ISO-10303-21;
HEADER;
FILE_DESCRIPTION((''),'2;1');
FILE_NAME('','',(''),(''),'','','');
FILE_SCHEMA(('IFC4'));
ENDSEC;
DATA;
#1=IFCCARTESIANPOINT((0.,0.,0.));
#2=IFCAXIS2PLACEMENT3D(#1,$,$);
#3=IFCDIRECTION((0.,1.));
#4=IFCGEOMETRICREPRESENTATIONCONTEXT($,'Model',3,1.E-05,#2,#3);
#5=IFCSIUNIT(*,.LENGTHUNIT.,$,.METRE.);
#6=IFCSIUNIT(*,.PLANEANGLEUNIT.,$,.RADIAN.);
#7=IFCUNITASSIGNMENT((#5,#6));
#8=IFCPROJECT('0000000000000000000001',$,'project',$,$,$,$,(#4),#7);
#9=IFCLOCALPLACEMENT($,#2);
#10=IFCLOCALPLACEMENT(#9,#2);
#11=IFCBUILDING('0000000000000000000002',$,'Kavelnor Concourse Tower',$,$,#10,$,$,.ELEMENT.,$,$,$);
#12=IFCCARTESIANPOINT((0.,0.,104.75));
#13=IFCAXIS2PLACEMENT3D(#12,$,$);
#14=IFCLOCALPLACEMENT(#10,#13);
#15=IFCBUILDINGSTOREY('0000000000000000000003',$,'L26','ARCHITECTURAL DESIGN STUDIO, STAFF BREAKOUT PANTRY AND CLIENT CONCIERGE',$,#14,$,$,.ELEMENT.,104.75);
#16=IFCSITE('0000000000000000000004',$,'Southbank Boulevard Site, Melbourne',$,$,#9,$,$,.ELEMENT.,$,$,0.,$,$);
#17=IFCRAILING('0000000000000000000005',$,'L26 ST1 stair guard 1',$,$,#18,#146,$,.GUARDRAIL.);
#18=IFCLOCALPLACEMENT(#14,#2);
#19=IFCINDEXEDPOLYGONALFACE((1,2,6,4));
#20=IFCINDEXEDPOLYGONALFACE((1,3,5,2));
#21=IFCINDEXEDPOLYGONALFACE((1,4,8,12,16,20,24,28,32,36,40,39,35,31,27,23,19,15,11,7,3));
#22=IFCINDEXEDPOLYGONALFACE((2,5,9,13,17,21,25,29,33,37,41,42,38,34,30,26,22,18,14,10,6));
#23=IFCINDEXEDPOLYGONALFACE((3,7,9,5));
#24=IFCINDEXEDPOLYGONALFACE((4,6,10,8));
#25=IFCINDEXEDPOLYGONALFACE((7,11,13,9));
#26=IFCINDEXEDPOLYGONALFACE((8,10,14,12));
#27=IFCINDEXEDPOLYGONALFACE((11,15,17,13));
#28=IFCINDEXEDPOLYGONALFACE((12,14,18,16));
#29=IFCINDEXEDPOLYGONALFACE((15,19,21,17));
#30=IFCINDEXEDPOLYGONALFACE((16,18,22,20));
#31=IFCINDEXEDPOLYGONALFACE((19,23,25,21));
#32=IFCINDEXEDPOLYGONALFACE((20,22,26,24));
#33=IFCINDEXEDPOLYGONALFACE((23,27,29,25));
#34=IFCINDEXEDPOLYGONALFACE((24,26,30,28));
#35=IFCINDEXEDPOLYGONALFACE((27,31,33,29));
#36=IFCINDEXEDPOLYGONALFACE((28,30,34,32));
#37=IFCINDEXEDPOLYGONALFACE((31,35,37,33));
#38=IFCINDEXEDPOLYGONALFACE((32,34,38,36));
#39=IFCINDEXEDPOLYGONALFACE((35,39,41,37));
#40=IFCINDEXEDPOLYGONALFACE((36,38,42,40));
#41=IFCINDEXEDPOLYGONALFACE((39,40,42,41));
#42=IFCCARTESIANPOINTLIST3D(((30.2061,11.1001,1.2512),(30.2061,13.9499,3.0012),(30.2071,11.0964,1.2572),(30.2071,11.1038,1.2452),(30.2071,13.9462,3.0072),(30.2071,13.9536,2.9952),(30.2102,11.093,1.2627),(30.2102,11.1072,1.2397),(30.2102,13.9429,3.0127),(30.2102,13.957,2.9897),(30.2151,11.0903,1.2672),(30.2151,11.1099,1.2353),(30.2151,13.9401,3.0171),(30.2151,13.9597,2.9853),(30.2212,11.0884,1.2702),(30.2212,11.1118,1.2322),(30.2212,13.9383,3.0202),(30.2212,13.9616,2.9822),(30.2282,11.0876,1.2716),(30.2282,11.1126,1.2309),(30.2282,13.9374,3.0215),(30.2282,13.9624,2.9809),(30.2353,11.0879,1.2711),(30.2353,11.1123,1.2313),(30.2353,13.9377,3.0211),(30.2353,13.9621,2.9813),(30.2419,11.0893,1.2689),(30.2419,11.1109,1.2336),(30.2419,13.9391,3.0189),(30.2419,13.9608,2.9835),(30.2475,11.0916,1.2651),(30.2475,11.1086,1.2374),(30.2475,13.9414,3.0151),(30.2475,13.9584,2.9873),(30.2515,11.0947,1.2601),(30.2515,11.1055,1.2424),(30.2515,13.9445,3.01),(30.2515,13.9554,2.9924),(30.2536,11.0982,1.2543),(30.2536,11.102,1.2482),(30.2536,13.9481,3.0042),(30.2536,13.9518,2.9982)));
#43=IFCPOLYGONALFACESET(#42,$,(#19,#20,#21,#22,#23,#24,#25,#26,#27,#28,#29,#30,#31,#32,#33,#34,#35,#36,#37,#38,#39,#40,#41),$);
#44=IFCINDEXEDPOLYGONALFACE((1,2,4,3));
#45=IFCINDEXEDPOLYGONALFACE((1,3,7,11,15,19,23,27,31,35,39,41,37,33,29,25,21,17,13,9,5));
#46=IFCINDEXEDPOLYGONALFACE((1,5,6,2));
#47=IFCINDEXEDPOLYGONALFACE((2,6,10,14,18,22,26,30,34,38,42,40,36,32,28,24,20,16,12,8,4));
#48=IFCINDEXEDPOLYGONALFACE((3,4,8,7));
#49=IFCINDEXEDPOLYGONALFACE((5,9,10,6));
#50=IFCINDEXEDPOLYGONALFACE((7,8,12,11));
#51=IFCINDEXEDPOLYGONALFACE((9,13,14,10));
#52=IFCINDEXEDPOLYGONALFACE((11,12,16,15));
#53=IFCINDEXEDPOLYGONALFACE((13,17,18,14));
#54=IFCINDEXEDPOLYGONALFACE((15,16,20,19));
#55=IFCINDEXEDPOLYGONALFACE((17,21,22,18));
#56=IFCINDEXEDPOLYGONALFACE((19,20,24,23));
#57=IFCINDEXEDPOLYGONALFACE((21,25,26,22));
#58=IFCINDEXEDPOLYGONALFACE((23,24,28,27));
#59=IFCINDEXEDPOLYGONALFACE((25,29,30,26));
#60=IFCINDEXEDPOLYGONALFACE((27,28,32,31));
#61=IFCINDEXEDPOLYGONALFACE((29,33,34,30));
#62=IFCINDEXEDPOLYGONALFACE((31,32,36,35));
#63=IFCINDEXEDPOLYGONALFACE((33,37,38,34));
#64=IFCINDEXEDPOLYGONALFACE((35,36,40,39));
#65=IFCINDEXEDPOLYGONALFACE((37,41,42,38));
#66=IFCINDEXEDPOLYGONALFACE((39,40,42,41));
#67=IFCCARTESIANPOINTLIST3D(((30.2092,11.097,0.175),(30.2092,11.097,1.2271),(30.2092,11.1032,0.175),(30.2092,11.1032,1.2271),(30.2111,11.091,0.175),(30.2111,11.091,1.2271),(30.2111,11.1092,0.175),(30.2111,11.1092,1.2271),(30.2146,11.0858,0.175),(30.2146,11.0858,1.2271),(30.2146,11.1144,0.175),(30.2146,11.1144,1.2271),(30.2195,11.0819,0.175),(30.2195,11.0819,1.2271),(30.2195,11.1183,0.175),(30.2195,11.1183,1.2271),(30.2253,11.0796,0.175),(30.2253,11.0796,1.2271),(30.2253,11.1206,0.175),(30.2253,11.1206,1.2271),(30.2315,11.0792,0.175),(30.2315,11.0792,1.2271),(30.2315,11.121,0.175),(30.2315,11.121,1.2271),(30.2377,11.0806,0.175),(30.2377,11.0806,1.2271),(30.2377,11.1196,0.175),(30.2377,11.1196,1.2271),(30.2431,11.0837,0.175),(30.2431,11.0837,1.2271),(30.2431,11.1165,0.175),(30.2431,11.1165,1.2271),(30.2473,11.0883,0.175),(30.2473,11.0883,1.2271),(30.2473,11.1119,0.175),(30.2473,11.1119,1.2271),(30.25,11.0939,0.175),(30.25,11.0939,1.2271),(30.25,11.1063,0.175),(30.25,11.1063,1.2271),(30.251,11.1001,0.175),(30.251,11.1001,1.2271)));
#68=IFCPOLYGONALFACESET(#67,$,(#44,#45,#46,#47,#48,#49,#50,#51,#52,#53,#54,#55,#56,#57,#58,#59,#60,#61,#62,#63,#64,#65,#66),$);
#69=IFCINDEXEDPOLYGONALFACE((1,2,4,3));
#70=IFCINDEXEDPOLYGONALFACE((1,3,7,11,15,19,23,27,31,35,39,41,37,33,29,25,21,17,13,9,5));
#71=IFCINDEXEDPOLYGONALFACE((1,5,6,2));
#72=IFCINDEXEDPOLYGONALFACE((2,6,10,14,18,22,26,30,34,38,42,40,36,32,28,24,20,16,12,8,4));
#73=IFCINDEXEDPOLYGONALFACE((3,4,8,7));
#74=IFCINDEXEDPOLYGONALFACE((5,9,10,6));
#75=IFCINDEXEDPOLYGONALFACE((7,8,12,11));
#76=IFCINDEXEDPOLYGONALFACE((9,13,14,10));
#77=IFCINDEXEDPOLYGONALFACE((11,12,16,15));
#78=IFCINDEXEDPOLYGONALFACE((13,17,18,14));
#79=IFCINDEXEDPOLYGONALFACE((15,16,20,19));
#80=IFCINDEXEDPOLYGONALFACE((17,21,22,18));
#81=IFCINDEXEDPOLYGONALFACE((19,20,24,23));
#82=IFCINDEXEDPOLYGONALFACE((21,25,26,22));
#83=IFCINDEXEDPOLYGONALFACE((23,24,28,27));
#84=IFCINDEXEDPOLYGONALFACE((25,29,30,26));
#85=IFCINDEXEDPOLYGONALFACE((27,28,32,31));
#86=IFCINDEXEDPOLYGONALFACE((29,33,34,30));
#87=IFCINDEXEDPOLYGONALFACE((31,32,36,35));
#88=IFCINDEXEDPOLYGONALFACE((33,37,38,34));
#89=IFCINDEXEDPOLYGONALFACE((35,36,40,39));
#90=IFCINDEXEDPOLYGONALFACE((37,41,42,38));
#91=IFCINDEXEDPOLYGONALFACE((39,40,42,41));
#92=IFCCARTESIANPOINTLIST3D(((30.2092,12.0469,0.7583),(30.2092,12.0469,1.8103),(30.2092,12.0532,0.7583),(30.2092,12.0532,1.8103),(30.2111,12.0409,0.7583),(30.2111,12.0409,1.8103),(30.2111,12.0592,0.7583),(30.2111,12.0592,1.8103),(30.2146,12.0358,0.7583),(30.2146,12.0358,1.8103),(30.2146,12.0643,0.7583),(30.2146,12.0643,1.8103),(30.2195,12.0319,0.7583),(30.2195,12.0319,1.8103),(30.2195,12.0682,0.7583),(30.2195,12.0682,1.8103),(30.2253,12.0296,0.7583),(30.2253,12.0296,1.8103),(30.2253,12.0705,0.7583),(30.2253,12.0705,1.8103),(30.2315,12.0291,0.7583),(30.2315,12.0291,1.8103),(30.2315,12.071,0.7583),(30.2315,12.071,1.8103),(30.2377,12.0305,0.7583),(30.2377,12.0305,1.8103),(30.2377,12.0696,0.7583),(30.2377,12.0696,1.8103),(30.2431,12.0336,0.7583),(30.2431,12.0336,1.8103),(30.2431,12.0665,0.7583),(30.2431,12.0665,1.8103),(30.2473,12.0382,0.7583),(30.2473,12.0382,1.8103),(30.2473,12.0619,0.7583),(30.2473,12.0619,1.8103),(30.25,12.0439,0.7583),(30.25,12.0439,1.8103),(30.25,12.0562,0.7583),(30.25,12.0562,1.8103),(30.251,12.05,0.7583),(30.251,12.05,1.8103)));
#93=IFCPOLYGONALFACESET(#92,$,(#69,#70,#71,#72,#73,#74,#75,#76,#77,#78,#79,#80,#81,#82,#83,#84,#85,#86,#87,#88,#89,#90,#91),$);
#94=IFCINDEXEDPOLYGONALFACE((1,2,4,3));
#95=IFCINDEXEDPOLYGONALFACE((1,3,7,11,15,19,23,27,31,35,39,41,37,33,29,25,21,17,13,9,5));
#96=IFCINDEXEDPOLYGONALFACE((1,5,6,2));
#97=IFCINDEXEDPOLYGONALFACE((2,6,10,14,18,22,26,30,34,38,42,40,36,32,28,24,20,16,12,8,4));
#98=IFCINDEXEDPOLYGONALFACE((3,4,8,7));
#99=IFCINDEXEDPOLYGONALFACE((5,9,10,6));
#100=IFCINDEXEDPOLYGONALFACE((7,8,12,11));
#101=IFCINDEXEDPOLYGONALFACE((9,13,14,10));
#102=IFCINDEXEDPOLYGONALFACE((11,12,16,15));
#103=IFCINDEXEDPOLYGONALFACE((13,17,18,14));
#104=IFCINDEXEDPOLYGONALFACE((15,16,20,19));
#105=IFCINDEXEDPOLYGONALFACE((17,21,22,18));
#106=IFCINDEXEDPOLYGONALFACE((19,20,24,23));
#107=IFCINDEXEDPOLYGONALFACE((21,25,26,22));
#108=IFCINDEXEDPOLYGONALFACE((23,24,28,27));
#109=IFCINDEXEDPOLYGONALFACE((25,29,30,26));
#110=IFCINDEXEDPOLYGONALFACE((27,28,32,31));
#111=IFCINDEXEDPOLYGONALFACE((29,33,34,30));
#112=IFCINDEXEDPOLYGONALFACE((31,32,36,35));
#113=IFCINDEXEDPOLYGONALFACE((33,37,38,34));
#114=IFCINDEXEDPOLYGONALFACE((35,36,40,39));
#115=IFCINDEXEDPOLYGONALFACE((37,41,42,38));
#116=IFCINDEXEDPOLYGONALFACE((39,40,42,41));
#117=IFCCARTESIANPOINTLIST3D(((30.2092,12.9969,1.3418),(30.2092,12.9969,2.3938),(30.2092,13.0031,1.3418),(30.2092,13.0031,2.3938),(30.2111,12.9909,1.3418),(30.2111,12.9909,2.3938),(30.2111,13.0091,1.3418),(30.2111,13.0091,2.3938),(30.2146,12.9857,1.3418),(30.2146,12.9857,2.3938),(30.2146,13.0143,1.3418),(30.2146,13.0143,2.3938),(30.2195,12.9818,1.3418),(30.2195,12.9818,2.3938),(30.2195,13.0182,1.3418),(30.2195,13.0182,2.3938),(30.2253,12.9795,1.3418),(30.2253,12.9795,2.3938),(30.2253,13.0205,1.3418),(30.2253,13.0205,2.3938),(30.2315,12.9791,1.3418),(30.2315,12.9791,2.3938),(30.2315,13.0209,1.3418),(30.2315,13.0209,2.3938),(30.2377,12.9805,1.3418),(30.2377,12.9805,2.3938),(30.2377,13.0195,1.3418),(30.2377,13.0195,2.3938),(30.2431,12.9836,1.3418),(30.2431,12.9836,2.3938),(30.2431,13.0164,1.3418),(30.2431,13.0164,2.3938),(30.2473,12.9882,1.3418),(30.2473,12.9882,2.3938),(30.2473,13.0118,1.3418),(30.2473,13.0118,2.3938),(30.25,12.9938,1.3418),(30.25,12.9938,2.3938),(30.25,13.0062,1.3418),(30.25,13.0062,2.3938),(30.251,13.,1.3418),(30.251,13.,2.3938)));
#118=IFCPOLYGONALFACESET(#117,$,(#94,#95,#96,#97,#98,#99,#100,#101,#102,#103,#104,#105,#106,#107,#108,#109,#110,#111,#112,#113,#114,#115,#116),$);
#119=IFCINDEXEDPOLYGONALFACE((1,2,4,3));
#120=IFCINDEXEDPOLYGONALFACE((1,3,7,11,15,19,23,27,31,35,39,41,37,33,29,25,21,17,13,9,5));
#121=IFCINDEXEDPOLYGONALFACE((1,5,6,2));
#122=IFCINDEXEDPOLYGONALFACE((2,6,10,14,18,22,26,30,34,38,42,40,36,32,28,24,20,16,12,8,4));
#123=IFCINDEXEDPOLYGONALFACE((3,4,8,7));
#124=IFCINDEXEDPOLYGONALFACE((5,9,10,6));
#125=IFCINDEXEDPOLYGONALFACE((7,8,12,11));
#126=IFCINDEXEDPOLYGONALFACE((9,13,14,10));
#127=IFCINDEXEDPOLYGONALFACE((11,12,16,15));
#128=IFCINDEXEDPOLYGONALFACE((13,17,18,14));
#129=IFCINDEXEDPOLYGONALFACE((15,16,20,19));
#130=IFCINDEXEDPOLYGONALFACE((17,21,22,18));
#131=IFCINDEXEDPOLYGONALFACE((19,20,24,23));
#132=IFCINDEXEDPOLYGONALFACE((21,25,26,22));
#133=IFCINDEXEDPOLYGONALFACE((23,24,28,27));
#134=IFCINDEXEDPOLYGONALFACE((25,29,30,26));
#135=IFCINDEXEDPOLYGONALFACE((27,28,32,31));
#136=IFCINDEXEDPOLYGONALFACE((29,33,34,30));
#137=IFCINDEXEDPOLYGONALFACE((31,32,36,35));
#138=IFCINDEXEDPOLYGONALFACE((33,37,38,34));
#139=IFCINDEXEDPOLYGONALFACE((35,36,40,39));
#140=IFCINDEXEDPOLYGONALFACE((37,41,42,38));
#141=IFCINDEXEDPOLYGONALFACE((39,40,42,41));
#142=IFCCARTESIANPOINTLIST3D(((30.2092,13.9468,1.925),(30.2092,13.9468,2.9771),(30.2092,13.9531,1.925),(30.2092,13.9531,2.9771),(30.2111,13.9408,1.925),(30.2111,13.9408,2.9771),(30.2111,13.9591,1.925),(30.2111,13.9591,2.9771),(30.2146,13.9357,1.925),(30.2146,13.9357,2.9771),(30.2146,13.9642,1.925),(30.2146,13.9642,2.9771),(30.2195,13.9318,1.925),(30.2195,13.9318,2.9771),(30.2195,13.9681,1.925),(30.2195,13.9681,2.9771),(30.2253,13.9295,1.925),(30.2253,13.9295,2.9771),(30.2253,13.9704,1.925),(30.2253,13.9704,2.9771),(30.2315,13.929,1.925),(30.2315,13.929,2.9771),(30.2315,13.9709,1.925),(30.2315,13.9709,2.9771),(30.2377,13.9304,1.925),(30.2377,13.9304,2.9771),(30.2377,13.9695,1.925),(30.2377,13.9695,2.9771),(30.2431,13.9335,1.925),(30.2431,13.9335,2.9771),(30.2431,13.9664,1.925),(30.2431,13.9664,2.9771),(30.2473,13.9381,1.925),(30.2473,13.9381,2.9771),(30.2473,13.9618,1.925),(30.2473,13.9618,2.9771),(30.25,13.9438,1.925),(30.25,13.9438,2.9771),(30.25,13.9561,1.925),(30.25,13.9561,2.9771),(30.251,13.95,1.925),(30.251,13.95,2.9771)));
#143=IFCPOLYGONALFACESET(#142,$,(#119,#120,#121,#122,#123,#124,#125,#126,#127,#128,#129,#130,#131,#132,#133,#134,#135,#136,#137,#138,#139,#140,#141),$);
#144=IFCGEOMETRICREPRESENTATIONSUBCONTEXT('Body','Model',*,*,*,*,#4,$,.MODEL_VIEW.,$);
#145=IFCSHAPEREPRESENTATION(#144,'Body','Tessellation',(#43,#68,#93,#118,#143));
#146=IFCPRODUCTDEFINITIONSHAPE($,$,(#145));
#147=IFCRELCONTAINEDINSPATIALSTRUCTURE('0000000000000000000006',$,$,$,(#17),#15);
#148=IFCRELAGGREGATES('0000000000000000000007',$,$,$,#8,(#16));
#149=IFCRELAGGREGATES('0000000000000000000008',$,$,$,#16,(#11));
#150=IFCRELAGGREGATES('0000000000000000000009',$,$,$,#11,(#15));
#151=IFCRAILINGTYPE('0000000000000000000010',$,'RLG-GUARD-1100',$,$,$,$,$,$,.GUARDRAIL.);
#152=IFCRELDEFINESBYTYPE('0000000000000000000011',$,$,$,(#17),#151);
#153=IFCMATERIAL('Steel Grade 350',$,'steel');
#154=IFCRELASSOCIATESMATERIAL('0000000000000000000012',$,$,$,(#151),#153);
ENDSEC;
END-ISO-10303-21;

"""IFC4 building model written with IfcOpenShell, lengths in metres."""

from ifc_helpers import new_model, si_unit, direction, frame, origin, origin_2d, place, context, subcontext, project, spatial, circle, extrude, material, type_object, element, save


model = new_model("IFC4")

# Units and contexts
model_context = context("Model", 3, precision=1e-05, world=origin(), true_north=direction((0.0, 1.0)))
body_context = subcontext(model_context, "Body", "Model", "MODEL_VIEW")
ifc_project = project(units=[si_unit("LENGTHUNIT", "METRE"), si_unit("PLANEANGLEUNIT", "RADIAN")], contexts=[model_context])

# Site, building, storey
site_placement = place(None, origin())
site = spatial("IfcSite", under=ifc_project, at=site_placement, Name="Southbank Boulevard Site, Melbourne", CompositionType="ELEMENT", RefElevation=0.0)
building_placement = place(site_placement, origin())
building = spatial("IfcBuilding", under=site, at=building_placement, Name="Kavelnor Concourse Tower", CompositionType="ELEMENT")
storey_placement = place(building_placement, frame((0.0, 0.0, 104.75)))
storey = spatial("IfcBuildingStorey", under=building, at=storey_placement, Name="L26", Description="ARCHITECTURAL DESIGN STUDIO, STAFF BREAKOUT PANTRY AND CLIENT CONCIERGE", CompositionType="ELEMENT", Elevation=104.75)

# Shared definitions
ifc_material_1 = material(Name="Steel Grade 350", Category="steel")

# Railing
railing_type_1 = type_object("IfcRailingType", Name="RLG-GUARD-1100", PredefinedType="GUARDRAIL", material=ifc_material_1)
railing_1_placement = place(storey_placement, frame((30.23, 11.1001, 0.175)))
element("IfcRailing", 1, at=railing_1_placement, inside=storey, type_object=railing_type_1, Name="L26 ST1 stair guard 1", PredefinedType="GUARDRAIL", context=body_context, shape_type="SweptSolid", body=[
    extrude(circle(Radius=0.0239, at=origin_2d()), frame((0.0, 0.0, 1.0762), z_axis=(0.0, 0.852159, 0.523283), x_axis=(-1.0, 0.0, 0.0)), (0.0, 0.0, 1.0), 3.3442),
    extrude(circle(Radius=0.021, at=origin_2d()), origin(), (0.0, 0.0, 1.0), 1.052),
    extrude(circle(Radius=0.021, at=origin_2d()), frame((0.0, 0.95, 0.5833)), (0.0, 0.0, 1.0), 1.052),
    extrude(circle(Radius=0.021, at=origin_2d()), frame((0.0, 1.8999, 1.1667)), (0.0, 0.0, 1.0), 1.052),
    extrude(circle(Radius=0.021, at=origin_2d()), frame((0.0, 2.8499, 1.75)), (0.0, 0.0, 1.0), 1.052),
])

save(model, "model.ifc")
